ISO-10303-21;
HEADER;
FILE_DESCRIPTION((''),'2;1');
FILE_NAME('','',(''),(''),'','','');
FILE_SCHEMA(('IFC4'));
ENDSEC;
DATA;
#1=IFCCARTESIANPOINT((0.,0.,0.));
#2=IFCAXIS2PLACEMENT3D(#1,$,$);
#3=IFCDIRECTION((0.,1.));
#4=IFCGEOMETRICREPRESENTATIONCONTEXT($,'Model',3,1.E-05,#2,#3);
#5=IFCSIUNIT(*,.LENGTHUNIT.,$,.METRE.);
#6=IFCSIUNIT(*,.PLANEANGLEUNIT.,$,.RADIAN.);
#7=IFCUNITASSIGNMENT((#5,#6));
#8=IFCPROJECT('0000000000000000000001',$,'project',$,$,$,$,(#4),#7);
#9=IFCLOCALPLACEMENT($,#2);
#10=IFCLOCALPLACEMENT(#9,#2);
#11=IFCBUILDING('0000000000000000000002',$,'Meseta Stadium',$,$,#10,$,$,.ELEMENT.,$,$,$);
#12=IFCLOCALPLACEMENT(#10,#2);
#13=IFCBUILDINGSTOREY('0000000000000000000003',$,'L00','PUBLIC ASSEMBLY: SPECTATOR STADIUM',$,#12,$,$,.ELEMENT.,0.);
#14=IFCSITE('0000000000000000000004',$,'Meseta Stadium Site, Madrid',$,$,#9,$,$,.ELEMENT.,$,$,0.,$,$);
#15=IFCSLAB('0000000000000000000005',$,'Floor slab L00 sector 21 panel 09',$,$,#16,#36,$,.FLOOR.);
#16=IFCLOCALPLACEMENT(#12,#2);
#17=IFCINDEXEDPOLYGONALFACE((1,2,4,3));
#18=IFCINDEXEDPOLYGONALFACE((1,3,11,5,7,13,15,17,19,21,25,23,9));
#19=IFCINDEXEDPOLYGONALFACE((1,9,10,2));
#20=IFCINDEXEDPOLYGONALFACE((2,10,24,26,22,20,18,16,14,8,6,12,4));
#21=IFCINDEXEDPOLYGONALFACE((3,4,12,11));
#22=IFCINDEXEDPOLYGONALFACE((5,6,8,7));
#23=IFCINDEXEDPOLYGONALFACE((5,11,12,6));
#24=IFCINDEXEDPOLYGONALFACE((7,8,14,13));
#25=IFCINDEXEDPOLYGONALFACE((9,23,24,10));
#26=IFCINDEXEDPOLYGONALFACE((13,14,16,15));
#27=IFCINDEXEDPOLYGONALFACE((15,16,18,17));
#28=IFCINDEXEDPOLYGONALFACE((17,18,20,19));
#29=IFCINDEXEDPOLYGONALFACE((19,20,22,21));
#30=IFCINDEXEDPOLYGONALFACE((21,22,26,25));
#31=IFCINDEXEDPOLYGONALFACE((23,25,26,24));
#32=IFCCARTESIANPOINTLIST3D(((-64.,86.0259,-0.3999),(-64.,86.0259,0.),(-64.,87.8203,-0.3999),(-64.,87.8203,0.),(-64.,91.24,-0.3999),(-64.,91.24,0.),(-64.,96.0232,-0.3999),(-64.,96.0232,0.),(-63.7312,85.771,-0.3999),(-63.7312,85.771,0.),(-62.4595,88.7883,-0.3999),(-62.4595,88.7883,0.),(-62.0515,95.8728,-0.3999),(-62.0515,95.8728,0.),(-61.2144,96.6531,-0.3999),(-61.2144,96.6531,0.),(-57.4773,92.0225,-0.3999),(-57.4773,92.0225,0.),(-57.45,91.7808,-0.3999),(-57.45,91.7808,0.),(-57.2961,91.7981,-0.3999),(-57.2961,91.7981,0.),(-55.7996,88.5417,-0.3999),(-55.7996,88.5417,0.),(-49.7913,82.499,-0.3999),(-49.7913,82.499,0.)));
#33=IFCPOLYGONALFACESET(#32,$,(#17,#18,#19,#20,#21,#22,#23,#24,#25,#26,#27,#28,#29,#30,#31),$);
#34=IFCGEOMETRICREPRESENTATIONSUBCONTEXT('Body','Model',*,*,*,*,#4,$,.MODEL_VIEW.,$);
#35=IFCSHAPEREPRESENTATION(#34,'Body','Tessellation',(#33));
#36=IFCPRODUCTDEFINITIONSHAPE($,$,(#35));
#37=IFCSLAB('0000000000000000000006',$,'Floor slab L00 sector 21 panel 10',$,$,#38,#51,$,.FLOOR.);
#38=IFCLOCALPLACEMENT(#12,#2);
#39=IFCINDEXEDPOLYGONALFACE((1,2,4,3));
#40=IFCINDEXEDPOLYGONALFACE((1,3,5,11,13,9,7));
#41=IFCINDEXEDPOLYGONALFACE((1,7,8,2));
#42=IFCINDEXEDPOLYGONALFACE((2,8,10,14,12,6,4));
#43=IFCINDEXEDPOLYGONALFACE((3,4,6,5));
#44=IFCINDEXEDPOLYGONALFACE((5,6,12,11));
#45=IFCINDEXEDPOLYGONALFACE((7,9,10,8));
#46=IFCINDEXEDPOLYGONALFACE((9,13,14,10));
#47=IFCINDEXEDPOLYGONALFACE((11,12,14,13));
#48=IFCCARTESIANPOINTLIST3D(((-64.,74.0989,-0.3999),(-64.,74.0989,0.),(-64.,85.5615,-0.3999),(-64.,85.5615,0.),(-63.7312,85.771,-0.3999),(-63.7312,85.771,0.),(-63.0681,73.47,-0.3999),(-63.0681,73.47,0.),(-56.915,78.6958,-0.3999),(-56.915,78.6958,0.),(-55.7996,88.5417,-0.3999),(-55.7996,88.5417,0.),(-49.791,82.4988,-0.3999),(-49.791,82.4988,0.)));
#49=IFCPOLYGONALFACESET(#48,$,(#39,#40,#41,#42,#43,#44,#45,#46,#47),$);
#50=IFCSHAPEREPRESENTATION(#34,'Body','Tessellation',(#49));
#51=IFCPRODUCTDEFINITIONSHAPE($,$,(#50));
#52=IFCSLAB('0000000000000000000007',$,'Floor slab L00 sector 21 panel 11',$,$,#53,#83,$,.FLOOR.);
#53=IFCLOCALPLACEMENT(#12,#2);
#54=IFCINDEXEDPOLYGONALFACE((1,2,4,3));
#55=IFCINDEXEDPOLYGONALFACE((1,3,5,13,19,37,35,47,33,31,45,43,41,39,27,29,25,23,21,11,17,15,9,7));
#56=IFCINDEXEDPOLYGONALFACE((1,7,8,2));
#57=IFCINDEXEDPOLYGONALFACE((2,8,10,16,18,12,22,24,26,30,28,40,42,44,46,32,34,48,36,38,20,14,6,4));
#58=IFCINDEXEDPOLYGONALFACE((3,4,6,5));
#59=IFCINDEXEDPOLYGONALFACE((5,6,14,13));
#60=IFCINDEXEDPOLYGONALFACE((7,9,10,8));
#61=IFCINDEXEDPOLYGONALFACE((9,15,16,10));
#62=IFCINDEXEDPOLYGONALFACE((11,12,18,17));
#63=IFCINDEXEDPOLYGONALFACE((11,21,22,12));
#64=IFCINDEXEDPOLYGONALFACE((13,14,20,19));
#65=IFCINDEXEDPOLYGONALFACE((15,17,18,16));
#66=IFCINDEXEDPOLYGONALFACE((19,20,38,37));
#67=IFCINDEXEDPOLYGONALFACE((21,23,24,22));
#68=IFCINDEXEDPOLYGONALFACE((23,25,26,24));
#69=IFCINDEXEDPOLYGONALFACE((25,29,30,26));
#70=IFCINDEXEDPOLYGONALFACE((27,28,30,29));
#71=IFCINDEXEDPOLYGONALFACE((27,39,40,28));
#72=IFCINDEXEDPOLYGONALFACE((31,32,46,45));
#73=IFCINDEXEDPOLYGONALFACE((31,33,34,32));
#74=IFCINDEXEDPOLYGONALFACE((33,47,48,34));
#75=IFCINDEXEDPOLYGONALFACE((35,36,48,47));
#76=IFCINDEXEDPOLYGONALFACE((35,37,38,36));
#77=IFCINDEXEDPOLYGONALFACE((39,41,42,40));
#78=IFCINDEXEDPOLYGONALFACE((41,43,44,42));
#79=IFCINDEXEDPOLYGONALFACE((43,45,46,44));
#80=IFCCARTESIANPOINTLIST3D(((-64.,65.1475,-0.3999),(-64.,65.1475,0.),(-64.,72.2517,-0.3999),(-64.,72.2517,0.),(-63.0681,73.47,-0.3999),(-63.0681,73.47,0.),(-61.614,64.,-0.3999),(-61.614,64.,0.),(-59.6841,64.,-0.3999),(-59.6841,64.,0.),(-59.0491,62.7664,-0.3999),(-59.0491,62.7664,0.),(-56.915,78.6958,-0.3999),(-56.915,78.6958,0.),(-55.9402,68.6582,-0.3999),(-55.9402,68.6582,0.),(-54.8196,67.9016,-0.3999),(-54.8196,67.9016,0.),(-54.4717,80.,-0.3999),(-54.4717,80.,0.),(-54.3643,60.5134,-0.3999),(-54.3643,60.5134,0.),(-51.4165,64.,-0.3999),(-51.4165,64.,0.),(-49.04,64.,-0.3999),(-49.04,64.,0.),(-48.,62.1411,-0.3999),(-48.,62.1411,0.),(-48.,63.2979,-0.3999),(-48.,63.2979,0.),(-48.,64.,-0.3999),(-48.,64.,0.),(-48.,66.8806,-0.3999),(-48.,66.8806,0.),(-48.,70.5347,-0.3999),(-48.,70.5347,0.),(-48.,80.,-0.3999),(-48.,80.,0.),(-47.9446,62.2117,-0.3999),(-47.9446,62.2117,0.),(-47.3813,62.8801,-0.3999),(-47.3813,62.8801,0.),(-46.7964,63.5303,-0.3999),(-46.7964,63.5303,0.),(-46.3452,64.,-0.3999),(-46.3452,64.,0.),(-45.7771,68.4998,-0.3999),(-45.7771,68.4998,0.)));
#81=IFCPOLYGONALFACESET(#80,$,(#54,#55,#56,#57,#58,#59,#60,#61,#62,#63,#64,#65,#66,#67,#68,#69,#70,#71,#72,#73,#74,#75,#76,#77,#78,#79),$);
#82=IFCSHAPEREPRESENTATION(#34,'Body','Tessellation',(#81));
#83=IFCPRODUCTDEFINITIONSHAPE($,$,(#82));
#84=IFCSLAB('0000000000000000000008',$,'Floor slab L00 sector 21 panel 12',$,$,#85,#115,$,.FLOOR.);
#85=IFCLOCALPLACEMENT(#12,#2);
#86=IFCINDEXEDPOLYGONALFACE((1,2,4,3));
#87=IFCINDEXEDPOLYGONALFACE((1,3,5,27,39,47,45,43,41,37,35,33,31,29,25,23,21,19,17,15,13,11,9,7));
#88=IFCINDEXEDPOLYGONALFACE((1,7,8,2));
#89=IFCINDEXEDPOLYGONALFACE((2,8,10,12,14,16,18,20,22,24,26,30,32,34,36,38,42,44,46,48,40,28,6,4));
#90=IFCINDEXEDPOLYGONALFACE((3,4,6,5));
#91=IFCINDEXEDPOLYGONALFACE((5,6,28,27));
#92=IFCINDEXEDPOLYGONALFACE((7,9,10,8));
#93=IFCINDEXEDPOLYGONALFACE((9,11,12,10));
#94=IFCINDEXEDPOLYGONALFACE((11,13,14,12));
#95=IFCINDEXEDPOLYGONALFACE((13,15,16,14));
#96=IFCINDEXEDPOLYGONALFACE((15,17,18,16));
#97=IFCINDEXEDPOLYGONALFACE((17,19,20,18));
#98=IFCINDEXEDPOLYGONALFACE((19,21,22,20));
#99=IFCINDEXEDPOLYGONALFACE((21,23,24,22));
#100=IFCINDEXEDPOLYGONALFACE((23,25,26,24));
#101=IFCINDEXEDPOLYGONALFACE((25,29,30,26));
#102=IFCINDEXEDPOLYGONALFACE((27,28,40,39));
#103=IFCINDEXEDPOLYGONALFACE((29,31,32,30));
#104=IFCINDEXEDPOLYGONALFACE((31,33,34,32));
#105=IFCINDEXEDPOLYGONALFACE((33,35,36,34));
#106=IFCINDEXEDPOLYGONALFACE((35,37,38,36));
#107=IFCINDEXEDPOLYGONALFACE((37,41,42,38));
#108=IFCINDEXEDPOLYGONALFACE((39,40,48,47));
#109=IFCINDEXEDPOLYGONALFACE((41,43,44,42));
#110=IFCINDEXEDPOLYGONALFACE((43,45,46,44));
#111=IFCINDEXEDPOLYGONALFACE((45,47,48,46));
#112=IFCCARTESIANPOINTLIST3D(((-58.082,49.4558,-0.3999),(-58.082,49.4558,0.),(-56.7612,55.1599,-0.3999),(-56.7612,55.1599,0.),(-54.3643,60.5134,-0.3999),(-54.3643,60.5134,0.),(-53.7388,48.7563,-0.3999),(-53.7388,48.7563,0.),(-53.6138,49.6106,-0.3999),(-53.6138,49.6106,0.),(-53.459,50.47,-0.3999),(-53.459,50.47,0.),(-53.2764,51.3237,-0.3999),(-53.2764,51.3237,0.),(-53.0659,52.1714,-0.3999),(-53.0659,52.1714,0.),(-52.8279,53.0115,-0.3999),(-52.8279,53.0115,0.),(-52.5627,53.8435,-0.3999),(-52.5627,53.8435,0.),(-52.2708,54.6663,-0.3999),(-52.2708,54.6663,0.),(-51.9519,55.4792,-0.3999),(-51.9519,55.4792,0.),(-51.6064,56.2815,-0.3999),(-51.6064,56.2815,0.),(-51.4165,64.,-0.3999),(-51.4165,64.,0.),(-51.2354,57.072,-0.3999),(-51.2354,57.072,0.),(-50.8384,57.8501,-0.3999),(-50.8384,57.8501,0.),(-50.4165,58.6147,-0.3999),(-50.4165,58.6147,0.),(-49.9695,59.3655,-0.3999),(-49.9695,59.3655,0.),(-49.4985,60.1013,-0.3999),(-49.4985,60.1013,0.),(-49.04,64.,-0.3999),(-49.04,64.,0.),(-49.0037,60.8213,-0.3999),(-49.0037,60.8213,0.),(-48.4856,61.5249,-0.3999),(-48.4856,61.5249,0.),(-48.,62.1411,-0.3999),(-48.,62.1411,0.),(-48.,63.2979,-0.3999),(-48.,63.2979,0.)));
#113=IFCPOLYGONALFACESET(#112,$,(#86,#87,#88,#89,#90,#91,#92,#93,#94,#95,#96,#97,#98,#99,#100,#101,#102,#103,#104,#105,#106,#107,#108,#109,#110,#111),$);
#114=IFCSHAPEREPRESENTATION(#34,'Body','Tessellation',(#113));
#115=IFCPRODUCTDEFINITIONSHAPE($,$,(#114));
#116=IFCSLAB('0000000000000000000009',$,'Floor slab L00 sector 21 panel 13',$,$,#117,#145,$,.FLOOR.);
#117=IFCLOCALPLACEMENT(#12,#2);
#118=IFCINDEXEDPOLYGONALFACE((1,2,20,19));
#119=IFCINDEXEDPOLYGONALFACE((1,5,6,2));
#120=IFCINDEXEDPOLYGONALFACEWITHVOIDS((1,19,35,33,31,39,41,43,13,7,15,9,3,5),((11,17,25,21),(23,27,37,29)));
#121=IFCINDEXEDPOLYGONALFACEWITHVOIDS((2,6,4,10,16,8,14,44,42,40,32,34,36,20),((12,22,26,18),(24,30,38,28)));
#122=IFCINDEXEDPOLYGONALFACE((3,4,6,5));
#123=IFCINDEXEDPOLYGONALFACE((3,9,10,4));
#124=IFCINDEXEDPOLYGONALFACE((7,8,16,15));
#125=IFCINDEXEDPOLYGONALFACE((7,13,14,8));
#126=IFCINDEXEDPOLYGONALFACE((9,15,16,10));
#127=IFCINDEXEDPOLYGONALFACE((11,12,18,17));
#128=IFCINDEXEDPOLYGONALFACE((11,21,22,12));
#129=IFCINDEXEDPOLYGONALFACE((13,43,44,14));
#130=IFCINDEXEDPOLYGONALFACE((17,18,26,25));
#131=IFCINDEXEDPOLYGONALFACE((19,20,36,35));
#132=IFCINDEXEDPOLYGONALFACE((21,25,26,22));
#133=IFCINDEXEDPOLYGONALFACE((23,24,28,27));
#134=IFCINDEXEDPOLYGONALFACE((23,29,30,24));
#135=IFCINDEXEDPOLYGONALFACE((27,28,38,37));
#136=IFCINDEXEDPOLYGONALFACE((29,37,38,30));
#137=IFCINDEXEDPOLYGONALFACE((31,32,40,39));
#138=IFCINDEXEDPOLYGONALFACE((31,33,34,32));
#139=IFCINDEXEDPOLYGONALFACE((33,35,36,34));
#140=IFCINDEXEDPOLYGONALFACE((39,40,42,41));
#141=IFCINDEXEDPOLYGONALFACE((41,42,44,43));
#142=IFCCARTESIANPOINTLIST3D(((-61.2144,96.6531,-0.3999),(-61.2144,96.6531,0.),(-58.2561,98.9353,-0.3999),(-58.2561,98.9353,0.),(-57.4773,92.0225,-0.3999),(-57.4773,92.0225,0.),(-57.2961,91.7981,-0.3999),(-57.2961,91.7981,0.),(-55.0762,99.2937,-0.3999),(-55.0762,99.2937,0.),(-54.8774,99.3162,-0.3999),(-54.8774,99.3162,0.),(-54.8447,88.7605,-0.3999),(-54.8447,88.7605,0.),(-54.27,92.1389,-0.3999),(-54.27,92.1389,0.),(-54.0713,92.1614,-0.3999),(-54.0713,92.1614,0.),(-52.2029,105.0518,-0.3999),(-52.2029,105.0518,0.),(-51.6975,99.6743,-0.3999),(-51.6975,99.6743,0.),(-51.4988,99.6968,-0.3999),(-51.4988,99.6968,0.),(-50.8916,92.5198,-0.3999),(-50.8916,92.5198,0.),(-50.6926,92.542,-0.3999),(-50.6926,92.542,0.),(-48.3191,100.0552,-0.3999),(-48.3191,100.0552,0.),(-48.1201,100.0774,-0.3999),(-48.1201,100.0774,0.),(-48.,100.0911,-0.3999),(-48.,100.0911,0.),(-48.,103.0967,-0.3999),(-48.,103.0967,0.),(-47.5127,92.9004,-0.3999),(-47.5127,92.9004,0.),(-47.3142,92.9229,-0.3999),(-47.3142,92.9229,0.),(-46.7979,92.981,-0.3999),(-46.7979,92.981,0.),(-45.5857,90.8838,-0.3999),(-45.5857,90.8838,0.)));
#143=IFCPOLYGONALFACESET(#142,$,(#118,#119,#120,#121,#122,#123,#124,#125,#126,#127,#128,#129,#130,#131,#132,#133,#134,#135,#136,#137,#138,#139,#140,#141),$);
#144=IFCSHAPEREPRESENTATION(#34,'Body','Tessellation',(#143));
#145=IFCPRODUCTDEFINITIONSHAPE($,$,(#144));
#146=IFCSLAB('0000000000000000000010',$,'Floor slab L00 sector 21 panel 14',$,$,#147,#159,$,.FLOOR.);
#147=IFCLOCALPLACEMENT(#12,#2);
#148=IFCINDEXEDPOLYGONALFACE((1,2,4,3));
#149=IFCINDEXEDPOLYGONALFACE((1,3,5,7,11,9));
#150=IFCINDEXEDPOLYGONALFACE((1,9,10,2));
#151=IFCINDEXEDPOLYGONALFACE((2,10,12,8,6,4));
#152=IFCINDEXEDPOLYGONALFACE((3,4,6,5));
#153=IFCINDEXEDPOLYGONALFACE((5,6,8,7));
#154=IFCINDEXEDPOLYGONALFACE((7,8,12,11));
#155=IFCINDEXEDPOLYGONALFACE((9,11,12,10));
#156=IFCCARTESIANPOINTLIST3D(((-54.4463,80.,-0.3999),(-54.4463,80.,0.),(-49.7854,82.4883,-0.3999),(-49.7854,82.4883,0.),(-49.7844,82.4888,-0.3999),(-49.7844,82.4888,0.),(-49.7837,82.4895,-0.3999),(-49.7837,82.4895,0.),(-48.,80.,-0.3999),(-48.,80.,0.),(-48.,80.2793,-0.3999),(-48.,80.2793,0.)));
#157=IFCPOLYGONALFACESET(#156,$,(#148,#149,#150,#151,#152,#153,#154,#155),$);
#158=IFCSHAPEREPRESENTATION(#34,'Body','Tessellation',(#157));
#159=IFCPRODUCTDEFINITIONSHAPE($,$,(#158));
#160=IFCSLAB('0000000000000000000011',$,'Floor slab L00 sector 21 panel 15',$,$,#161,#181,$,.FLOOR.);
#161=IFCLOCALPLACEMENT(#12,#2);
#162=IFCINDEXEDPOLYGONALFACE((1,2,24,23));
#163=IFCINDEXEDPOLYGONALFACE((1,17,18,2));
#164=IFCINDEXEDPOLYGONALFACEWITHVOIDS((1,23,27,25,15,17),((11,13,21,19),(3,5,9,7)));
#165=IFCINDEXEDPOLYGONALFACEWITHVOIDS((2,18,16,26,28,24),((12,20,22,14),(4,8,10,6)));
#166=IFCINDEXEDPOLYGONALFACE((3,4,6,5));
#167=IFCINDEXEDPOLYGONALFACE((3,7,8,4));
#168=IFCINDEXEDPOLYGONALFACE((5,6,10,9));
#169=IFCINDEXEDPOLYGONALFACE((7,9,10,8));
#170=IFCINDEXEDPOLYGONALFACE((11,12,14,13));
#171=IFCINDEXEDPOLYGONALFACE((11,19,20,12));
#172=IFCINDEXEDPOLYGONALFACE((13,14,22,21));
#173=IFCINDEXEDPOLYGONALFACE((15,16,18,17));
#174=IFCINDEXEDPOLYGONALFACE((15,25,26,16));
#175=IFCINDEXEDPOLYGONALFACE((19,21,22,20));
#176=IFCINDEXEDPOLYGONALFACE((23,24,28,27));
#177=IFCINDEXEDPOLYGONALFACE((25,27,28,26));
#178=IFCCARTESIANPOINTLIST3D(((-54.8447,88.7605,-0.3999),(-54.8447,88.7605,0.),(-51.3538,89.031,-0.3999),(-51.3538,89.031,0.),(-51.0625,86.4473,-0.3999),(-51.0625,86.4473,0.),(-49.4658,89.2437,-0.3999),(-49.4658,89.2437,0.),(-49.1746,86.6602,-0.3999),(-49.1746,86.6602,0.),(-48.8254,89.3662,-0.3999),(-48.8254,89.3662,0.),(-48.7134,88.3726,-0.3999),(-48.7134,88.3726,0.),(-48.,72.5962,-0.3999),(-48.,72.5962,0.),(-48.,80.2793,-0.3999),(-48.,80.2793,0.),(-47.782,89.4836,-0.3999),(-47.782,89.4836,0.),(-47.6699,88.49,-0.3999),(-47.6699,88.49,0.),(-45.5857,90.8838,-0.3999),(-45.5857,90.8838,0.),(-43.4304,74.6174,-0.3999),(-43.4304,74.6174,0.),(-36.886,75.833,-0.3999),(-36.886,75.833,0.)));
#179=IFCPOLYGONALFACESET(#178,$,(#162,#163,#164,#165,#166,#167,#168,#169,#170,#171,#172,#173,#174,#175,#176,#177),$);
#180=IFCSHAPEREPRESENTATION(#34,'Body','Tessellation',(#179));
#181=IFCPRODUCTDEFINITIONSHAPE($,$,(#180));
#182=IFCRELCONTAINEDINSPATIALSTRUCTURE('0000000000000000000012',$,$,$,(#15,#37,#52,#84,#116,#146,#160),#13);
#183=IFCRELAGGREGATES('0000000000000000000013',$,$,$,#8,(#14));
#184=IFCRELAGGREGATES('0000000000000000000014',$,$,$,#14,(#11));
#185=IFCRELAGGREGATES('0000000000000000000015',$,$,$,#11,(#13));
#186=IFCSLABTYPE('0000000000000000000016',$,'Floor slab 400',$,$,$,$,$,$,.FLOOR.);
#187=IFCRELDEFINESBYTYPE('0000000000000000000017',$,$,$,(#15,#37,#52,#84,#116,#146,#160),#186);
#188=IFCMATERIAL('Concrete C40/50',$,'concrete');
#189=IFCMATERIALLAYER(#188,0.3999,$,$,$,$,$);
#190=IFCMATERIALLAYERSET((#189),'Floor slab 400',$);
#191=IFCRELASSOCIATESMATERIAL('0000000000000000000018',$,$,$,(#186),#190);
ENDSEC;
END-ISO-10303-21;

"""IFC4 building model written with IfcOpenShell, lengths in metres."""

from ifc_helpers import new_model, si_unit, direction, frame, origin, place, context, subcontext, project, spatial, polyline, outline, extrude, material, layer, layer_set, type_object, element, save


model = new_model("IFC4")

# Units and contexts
model_context = context("Model", 3, precision=1e-05, world=origin(), true_north=direction((0.0, 1.0)))
body_context = subcontext(model_context, "Body", "Model", "MODEL_VIEW")
ifc_project = project(units=[si_unit("LENGTHUNIT", "METRE"), si_unit("PLANEANGLEUNIT", "RADIAN")], contexts=[model_context])

# Site, building, storey
site_placement = place(None, origin())
site = spatial("IfcSite", under=ifc_project, at=site_placement, Name="Meseta Stadium Site, Madrid", CompositionType="ELEMENT", RefElevation=0.0)
building_placement = place(site_placement, origin())
building = spatial("IfcBuilding", under=site, at=building_placement, Name="Meseta Stadium", CompositionType="ELEMENT")
storey_placement = place(building_placement, origin())
storey = spatial("IfcBuildingStorey", under=building, at=storey_placement, Name="L00", Description="PUBLIC ASSEMBLY: SPECTATOR STADIUM", CompositionType="ELEMENT", Elevation=0.0)

# Slabs
ifc_material = material(Name="Concrete C40/50", Category="concrete")
ifc_layer = layer(ifc_material, 0.3999)
ifc_layer_set = layer_set([ifc_layer], Name="Floor slab 400")
slab_type = type_object("IfcSlabType", Name="Floor slab 400", PredefinedType="FLOOR", material=ifc_layer_set)
slab_1_placement = place(storey_placement, frame((0.0, 0.0, -0.3999)))
element("IfcSlab", 1, at=slab_1_placement, inside=storey, type_object=slab_type, Name="Floor slab L00 sector 21 panel 09", PredefinedType="FLOOR", context=body_context, shape_type="SweptSolid", body=[
    extrude(outline(polyline([(-62.0515, 95.8728), (-64.0, 96.0232), (-64.0, 91.24), (-62.4595, 88.7883), (-64.0, 87.8203), (-64.0, 86.0259), (-63.7312, 85.771), (-55.7996, 88.5417), (-49.7913, 82.499), (-57.2961, 91.7981), (-57.45, 91.7808), (-57.4773, 92.0225), (-61.2144, 96.6531), (-62.0515, 95.8728)])), origin(), (0.0, 0.0, 1.0), 0.3999),
])
slab_2_placement = place(storey_placement, frame((0.0, 0.0, -0.3999)))
element("IfcSlab", 2, at=slab_2_placement, inside=storey, type_object=slab_type, Name="Floor slab L00 sector 21 panel 10", PredefinedType="FLOOR", context=body_context, shape_type="SweptSolid", body=[
    extrude(outline(polyline([(-63.0681, 73.47), (-56.915, 78.6958), (-49.791, 82.4988), (-55.7996, 88.5417), (-63.7312, 85.771), (-64.0, 85.5615), (-64.0, 74.0989), (-63.0681, 73.47)])), origin(), (0.0, 0.0, 1.0), 0.3999),
])
slab_3_placement = place(storey_placement, frame((0.0, 0.0, -0.3999)))
element("IfcSlab", 3, at=slab_3_placement, inside=storey, type_object=slab_type, Name="Floor slab L00 sector 21 panel 11", PredefinedType="FLOOR", context=body_context, shape_type="SweptSolid", body=[
    extrude(outline(polyline([(-64.0, 72.2517), (-64.0, 65.1475), (-61.614, 64.0), (-59.6841, 64.0), (-55.9402, 68.6582), (-54.8196, 67.9016), (-59.0491, 62.7664), (-54.3643, 60.5134), (-51.4165, 64.0), (-49.04, 64.0), (-48.0, 63.2979), (-48.0, 62.1411), (-47.9446, 62.2117), (-47.3813, 62.8801), (-46.7964, 63.5303), (-46.3452, 64.0), (-48.0, 64.0), (-48.0, 66.8806), (-45.7771, 68.4998), (-48.0, 70.5347), (-48.0, 80.0), (-54.4717, 80.0), (-56.915, 78.6958), (-63.0681, 73.47), (-64.0, 72.2517)])), origin(), (0.0, 0.0, 1.0), 0.3999),
])
slab_4_placement = place(storey_placement, frame((0.0, 0.0, -0.3999)))
element("IfcSlab", 4, at=slab_4_placement, inside=storey, type_object=slab_type, Name="Floor slab L00 sector 21 panel 12", PredefinedType="FLOOR", context=body_context, shape_type="SweptSolid", body=[
    extrude(outline(polyline([(-53.459, 50.47), (-53.2764, 51.3237), (-53.0659, 52.1714), (-52.8279, 53.0115), (-52.5627, 53.8435), (-52.2708, 54.6663), (-51.9519, 55.4792), (-51.6064, 56.2815), (-51.2354, 57.072), (-50.8384, 57.8501), (-50.4165, 58.6147), (-49.9695, 59.3655), (-49.4985, 60.1013), (-49.0037, 60.8213), (-48.4856, 61.5249), (-48.0, 62.1411), (-48.0, 63.2979), (-49.04, 64.0), (-51.4165, 64.0), (-54.3643, 60.5134), (-56.7612, 55.1599), (-58.082, 49.4558), (-53.7388, 48.7563), (-53.6138, 49.6106), (-53.459, 50.47)])), origin(), (0.0, 0.0, 1.0), 0.3999),
])
slab_5_placement = place(storey_placement, frame((0.0, 0.0, -0.3999)))
element("IfcSlab", 5, at=slab_5_placement, inside=storey, type_object=slab_type, Name="Floor slab L00 sector 21 panel 13", PredefinedType="FLOOR", context=body_context, shape_type="SweptSolid", body=[
    extrude(outline(polyline([(-46.7979, 92.981), (-47.3142, 92.9229), (-48.1201, 100.0774), (-48.0, 100.0911), (-48.0, 103.0967), (-52.2029, 105.0518), (-61.2144, 96.6531), (-57.4773, 92.0225), (-58.2561, 98.9353), (-55.0762, 99.2937), (-54.27, 92.1389), (-57.2961, 91.7981), (-54.8447, 88.7605), (-45.5857, 90.8838), (-46.7979, 92.981)]), holes=[polyline([(-50.6926, 92.542), (-51.4988, 99.6968), (-48.3191, 100.0552), (-47.5127, 92.9004), (-50.6926, 92.542)]), polyline([(-54.8774, 99.3162), (-51.6975, 99.6743), (-50.8916, 92.5198), (-54.0713, 92.1614), (-54.8774, 99.3162)])]), origin(), (0.0, 0.0, 1.0), 0.3999),
])
slab_6_placement = place(storey_placement, frame((0.0, 0.0, -0.3999)))
element("IfcSlab", 6, at=slab_6_placement, inside=storey, type_object=slab_type, Name="Floor slab L00 sector 21 panel 14", PredefinedType="FLOOR", context=body_context, shape_type="SweptSolid", body=[
    extrude(outline(polyline([(-48.0, 80.2793), (-49.7837, 82.4895), (-49.7844, 82.4888), (-49.7854, 82.4883), (-54.4463, 80.0), (-48.0, 80.0), (-48.0, 80.2793)])), origin(), (0.0, 0.0, 1.0), 0.3999),
])
slab_7_placement = place(storey_placement, frame((0.0, 0.0, -0.3999)))
element("IfcSlab", 7, at=slab_7_placement, inside=storey, type_object=slab_type, Name="Floor slab L00 sector 21 panel 15", PredefinedType="FLOOR", context=body_context, shape_type="SweptSolid", body=[
    extrude(outline(polyline([(-54.8447, 88.7605), (-48.0, 80.2793), (-48.0, 72.5962), (-43.4304, 74.6174), (-36.886, 75.833), (-45.5857, 90.8838), (-54.8447, 88.7605)]), holes=[polyline([(-48.7134, 88.3726), (-48.8254, 89.3662), (-47.782, 89.4836), (-47.6699, 88.49), (-48.7134, 88.3726)]), polyline([(-49.1746, 86.6602), (-51.0625, 86.4473), (-51.3538, 89.031), (-49.4658, 89.2437), (-49.1746, 86.6602)])]), origin(), (0.0, 0.0, 1.0), 0.3999),
])

save(model, "model.ifc")
